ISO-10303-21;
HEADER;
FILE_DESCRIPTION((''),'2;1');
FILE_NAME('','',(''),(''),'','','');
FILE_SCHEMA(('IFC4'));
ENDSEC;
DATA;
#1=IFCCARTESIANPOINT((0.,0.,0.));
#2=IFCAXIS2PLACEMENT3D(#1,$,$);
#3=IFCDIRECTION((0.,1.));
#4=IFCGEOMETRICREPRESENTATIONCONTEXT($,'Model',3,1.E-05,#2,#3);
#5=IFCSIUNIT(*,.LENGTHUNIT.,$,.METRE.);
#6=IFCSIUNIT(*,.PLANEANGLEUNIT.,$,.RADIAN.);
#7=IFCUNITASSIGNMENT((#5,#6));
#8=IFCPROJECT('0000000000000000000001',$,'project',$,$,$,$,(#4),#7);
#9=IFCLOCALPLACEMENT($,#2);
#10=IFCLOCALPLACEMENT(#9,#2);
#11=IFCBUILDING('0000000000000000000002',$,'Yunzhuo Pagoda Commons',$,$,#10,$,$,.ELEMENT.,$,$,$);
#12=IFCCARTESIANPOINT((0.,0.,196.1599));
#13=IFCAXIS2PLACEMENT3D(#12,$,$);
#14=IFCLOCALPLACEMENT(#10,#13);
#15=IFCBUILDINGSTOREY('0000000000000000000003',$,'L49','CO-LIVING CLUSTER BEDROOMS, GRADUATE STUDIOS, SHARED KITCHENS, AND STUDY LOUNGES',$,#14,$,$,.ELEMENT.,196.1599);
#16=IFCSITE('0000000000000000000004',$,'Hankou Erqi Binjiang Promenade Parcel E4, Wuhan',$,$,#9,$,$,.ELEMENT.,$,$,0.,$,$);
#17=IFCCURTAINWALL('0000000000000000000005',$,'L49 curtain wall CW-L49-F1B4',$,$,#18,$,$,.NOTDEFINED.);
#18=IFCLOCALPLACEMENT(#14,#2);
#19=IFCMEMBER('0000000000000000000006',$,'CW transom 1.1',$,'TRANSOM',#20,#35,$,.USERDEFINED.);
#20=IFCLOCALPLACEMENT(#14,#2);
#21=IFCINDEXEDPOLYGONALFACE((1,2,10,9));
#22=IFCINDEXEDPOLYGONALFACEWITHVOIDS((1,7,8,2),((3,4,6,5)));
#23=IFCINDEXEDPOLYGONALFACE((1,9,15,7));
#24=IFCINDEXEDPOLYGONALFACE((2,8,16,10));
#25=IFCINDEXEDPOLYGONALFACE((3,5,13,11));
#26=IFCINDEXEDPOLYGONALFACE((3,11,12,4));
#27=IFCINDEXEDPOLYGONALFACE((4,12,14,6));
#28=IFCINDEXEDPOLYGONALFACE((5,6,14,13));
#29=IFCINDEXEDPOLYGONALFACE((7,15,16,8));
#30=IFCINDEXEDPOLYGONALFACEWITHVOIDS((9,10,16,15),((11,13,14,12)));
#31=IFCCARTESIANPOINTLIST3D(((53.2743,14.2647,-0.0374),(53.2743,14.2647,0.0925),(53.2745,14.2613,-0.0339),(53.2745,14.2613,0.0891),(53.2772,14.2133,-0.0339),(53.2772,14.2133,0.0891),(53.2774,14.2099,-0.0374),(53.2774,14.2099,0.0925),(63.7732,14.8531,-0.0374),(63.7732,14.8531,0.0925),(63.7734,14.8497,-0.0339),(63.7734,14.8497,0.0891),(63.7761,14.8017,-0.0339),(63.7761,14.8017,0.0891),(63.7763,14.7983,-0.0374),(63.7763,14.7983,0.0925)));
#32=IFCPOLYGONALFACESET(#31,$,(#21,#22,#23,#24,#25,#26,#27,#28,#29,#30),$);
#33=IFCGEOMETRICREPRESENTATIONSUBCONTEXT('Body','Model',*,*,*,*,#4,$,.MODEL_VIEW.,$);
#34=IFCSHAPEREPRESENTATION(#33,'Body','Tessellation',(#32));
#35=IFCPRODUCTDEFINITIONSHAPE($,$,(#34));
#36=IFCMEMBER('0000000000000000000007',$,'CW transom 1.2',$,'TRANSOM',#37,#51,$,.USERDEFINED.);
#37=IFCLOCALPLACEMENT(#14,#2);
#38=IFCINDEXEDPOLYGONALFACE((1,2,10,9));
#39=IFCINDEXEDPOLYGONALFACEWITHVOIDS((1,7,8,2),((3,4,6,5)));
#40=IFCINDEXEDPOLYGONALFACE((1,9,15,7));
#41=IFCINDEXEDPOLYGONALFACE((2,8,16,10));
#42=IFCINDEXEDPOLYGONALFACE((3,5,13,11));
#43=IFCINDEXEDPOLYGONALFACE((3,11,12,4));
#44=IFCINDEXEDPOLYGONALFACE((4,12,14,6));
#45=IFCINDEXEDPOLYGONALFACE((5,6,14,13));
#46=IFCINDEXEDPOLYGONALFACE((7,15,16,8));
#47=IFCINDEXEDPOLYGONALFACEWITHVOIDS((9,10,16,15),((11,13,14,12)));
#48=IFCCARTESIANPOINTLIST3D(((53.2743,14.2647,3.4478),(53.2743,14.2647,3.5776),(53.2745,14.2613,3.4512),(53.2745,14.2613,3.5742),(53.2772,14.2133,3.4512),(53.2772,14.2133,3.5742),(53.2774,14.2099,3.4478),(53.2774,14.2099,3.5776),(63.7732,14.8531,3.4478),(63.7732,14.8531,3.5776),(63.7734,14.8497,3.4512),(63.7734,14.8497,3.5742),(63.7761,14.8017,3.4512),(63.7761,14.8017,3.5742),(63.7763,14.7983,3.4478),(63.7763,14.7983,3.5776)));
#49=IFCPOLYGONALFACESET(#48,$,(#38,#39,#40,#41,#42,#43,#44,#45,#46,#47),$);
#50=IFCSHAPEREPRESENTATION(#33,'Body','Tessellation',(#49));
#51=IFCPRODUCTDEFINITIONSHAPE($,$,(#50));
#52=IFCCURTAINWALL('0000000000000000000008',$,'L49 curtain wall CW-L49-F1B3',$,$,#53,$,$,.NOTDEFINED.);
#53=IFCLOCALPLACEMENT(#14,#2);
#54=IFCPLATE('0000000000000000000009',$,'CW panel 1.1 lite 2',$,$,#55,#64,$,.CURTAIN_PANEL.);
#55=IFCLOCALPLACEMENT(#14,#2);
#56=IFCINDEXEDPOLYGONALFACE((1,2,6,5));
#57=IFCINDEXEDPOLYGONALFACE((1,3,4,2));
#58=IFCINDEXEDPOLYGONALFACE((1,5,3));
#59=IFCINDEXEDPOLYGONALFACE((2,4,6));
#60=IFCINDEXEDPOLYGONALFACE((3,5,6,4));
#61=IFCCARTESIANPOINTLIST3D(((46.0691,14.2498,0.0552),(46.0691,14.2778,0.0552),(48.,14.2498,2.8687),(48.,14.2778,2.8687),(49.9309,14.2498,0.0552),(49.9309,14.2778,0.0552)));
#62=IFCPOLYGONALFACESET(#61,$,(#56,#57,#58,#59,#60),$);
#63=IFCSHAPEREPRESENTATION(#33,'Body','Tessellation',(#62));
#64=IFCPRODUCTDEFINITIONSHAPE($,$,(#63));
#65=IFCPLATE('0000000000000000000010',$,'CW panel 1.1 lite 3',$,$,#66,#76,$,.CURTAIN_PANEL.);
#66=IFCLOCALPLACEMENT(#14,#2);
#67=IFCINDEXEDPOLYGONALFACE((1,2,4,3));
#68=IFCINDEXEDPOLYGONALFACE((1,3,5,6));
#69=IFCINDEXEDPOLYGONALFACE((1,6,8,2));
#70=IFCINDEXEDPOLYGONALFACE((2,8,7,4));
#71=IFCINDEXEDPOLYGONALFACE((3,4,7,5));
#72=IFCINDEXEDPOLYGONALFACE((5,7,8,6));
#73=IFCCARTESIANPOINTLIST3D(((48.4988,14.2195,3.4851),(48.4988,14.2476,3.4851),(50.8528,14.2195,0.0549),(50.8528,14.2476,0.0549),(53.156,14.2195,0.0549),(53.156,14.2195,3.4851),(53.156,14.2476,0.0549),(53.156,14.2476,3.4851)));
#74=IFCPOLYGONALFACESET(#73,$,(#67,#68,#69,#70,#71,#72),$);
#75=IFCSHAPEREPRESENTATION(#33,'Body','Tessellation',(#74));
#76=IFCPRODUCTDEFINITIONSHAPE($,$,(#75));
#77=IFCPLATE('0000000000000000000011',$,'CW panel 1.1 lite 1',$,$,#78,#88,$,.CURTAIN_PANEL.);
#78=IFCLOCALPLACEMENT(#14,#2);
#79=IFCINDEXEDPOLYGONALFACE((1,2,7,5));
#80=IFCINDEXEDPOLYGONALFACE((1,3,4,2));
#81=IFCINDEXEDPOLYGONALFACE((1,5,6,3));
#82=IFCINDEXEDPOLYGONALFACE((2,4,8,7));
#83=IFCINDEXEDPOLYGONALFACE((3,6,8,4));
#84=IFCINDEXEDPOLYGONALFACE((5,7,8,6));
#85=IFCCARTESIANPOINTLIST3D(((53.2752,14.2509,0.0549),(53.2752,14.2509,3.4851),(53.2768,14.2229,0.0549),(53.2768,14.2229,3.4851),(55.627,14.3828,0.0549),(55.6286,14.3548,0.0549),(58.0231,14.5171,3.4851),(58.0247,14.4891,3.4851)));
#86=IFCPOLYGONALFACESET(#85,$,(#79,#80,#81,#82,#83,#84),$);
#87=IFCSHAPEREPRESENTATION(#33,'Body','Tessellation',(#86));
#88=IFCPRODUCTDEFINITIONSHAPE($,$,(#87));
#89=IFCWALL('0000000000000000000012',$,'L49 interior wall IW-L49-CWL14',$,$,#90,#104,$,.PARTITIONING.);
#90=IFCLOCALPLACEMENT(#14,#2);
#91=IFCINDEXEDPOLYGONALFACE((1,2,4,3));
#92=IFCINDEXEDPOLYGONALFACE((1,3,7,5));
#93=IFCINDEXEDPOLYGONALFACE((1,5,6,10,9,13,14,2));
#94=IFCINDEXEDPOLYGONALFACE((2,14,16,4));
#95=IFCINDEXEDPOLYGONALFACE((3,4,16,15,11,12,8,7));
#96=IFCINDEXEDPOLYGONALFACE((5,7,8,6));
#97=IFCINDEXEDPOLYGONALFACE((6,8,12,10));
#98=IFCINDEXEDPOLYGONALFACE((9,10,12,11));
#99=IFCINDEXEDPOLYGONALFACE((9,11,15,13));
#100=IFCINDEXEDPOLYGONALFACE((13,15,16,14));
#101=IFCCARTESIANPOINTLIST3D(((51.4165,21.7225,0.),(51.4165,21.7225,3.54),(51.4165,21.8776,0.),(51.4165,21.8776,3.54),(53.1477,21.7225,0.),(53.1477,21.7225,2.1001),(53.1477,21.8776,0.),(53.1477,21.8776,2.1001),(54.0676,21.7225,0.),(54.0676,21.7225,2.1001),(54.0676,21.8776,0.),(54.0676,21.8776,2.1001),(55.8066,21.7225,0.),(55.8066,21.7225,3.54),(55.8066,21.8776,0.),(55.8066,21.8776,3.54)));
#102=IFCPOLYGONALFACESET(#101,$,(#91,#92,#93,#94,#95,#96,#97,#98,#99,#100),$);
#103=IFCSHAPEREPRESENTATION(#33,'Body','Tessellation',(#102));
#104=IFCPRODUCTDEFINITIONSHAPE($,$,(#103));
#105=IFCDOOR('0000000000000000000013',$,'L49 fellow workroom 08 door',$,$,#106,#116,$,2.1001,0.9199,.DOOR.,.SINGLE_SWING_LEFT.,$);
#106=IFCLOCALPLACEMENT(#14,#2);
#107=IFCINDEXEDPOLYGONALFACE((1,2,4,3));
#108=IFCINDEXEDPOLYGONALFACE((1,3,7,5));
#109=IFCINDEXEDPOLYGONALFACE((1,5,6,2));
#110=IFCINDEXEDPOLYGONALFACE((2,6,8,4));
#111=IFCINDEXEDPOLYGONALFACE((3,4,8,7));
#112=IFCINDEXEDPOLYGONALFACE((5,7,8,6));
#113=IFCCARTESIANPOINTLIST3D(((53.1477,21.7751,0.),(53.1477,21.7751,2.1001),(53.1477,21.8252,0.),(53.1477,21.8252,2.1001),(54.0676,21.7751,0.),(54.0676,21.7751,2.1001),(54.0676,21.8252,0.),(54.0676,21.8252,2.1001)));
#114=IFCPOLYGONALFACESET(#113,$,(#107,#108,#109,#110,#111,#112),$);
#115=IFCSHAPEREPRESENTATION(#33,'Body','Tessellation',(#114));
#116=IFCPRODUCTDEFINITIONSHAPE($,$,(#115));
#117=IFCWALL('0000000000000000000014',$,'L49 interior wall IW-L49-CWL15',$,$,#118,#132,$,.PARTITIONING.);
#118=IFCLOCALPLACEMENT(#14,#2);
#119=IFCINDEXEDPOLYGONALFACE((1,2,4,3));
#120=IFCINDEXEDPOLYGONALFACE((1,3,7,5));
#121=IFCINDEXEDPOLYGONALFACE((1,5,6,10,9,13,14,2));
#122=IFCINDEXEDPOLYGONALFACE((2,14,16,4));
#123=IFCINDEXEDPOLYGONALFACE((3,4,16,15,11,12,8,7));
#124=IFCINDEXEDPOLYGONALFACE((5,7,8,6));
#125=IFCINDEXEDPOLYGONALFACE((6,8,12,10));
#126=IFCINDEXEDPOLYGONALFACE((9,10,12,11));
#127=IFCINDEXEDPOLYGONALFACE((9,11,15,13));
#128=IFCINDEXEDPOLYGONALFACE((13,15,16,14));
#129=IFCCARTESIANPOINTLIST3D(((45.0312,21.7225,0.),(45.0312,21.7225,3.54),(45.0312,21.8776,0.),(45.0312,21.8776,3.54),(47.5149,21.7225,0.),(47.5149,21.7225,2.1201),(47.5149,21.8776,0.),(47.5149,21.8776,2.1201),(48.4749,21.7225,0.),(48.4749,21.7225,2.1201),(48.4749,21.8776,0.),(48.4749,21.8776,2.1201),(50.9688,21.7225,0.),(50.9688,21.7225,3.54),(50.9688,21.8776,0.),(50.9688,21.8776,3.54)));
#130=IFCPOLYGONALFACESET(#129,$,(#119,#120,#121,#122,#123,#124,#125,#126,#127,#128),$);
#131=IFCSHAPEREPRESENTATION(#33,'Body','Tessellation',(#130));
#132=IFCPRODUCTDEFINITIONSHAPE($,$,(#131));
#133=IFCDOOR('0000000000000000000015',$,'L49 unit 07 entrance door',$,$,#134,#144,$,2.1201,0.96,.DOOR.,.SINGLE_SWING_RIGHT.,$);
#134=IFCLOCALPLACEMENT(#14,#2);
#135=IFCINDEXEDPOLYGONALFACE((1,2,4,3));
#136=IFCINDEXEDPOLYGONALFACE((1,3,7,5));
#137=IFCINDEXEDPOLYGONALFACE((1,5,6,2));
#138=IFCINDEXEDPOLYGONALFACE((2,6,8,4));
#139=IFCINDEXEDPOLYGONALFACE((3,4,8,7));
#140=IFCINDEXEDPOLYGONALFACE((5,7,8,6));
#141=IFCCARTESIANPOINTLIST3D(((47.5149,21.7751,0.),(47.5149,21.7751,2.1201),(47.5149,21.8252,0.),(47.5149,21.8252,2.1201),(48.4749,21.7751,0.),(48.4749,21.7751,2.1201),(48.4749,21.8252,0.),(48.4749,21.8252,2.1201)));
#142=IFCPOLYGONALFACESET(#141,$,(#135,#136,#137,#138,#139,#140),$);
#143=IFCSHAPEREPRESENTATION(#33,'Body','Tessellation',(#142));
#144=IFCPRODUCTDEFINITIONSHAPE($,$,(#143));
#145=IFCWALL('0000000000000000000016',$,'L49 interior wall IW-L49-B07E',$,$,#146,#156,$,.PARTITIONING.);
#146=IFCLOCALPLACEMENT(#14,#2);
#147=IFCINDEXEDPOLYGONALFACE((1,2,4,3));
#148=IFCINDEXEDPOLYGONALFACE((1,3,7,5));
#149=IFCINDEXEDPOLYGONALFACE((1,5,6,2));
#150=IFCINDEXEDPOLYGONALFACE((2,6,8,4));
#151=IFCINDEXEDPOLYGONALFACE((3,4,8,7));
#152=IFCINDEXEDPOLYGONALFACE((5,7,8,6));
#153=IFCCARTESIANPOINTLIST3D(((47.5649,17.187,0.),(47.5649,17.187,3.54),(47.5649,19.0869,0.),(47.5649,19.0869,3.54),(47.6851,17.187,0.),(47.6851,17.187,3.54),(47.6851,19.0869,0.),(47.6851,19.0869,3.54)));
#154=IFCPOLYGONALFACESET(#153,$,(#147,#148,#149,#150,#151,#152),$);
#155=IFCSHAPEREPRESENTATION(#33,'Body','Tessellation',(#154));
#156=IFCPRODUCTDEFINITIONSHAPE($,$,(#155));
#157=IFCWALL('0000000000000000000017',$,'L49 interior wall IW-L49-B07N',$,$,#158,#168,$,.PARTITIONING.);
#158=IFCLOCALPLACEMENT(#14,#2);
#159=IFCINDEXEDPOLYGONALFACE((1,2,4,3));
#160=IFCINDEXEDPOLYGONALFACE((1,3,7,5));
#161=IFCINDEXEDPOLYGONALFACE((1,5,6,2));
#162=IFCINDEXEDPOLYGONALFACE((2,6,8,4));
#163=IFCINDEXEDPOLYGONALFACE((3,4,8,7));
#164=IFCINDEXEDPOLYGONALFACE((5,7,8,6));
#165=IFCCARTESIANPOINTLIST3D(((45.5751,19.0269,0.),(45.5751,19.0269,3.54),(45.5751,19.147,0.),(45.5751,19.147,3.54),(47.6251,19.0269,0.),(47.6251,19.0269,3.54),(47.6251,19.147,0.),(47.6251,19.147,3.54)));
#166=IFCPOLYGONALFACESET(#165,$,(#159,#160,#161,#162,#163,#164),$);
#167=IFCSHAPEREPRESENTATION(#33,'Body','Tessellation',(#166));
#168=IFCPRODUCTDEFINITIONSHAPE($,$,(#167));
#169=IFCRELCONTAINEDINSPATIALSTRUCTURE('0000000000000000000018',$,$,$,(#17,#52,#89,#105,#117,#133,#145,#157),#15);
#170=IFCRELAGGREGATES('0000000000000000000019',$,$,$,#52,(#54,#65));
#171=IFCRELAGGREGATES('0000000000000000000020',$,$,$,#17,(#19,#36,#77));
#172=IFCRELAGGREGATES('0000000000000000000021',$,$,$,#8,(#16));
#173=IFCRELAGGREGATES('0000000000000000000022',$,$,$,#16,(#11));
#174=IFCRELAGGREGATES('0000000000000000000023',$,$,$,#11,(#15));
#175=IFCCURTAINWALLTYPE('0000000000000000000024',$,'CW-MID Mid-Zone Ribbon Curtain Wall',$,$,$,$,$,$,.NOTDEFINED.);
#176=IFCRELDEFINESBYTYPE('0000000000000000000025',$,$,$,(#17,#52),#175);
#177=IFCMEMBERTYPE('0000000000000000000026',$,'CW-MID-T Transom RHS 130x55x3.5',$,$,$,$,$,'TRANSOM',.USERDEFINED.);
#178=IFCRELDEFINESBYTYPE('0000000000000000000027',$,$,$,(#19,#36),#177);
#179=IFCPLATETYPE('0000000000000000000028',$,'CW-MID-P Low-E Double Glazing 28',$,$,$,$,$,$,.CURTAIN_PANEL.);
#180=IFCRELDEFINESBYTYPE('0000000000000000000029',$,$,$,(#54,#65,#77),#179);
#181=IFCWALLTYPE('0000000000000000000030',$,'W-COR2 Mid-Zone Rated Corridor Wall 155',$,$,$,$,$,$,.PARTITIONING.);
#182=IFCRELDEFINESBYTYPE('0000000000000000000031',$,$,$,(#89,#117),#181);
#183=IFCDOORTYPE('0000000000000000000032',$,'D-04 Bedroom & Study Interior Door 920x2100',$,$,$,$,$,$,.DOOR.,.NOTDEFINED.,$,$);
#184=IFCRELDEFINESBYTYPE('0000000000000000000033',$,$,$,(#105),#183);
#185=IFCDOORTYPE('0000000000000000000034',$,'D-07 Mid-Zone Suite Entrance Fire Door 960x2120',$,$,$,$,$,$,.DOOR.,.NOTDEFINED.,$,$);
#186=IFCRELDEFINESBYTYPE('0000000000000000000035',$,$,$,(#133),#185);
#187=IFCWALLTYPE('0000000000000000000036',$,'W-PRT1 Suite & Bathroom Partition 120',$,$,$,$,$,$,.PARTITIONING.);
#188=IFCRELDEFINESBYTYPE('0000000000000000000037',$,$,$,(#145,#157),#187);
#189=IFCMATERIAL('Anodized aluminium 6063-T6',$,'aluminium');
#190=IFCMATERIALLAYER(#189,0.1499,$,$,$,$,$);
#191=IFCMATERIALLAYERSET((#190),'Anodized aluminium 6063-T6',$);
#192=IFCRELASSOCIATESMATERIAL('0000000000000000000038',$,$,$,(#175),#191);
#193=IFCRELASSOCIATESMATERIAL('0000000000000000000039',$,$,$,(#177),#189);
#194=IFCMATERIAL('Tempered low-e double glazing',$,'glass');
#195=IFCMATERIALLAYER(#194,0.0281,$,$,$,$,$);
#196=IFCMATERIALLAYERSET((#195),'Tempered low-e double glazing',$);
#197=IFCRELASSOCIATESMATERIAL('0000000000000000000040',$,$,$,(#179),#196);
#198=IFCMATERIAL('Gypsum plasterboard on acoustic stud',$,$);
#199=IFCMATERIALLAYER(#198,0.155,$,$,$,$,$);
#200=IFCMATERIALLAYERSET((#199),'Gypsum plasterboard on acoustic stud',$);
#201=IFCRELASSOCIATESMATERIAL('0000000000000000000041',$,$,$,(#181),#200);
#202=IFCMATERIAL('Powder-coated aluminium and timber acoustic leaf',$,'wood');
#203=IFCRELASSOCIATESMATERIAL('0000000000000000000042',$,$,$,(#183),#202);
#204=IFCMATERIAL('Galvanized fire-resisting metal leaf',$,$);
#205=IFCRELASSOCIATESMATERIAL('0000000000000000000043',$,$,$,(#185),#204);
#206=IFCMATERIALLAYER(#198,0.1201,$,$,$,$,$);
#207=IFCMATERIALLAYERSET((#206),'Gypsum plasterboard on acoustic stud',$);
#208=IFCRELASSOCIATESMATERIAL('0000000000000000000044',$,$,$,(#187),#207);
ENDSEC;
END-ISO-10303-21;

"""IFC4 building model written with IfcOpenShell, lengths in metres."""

from ifc_helpers import new_model, si_unit, direction, frame, frame_2d, origin, origin_with_axes, origin_2d, place, context, subcontext, project, spatial, polyline, rectangle, hollow_rectangle, outline, extrude, source, transform, mapped, material, layer, layer_set, material_profile, profile_set, type_object, element, fill, aggregate, save


model = new_model("IFC4")

# Units and contexts
model_context = context("Model", 3, precision=1e-05, world=origin(), true_north=direction((0.0, 1.0)))
body_context = subcontext(model_context, "Body", "Model", "MODEL_VIEW")
ifc_project = project(units=[si_unit("LENGTHUNIT", "METRE"), si_unit("PLANEANGLEUNIT", "RADIAN")], contexts=[model_context])

# Site, building, storey
site_placement = place(None, origin())
site = spatial("IfcSite", under=ifc_project, at=site_placement, Name="Hankou Erqi Binjiang Promenade Parcel E4, Wuhan", CompositionType="ELEMENT", RefElevation=0.0)
building_placement = place(site_placement, origin())
building = spatial("IfcBuilding", under=site, at=building_placement, Name="Yunzhuo Pagoda Commons", CompositionType="ELEMENT")
storey_placement = place(building_placement, frame((0.0, 0.0, 196.1599)))
storey = spatial("IfcBuildingStorey", under=building, at=storey_placement, Name="L49", Description="CO-LIVING CLUSTER BEDROOMS, GRADUATE STUDIOS, SHARED KITCHENS, AND STUDY LOUNGES", CompositionType="ELEMENT", Elevation=196.1599)

# Curtain wall, members
ifc_material_1 = material(Name="Anodized aluminium 6063-T6", Category="aluminium")
ifc_layer_1 = layer(ifc_material_1, 0.1499)
ifc_layer_set_1 = layer_set([ifc_layer_1], Name="Anodized aluminium 6063-T6")
curtain_wall_type = type_object("IfcCurtainWallType", Name="CW-MID Mid-Zone Ribbon Curtain Wall", PredefinedType="NOTDEFINED", material=ifc_layer_set_1)
curtain_wall_1_placement = place(storey_placement, origin())
curtain_wall_1 = element("IfcCurtainWall", 1, at=curtain_wall_1_placement, inside=storey, type_object=curtain_wall_type, Name="L49 curtain wall CW-L49-F1B4", PredefinedType="NOTDEFINED")
ifc_material_profile_1 = material_profile(ifc_material_1, hollow_rectangle(XDim=0.0549, YDim=0.1299, WallThickness=0.0034, at=origin_2d()), Name="Anodized aluminium 6063-T6")
ifc_profile_set_1 = profile_set([ifc_material_profile_1], Name="Anodized aluminium 6063-T6")
member_type_1 = type_object("IfcMemberType", Name="CW-MID-T Transom RHS 130x55x3.5", ElementType="TRANSOM", PredefinedType="USERDEFINED", material=ifc_profile_set_1)
shared_shape_1 = source(origin(), body_context, "Body", "SweptSolid", [
    extrude(hollow_rectangle(XDim=0.0549, YDim=0.1299, WallThickness=0.0034, at=origin_2d()), origin(), (0.0, 0.0, 1.0), 10.5154),
])
member_1_placement = place(storey_placement, frame((53.2759, 14.2373, 0.0276), z_axis=(0.998433, 0.055954, 0.0), x_axis=(-0.055954, 0.998433, 0.0)))
member_1 = element("IfcMember", 2, at=member_1_placement, type_object=member_type_1, Name="CW transom 1.1", ObjectType="TRANSOM", PredefinedType="USERDEFINED", context=body_context, shape_type="MappedRepresentation", body=[
    mapped(shared_shape_1, transform((0.0, 0.0, 0.0), scale=1.0)),
])
member_2_placement = place(storey_placement, frame((53.2759, 14.2373, 3.5127), z_axis=(0.998433, 0.055954, 0.0), x_axis=(-0.055954, 0.998433, 0.0)))
member_2 = element("IfcMember", 3, at=member_2_placement, type_object=member_type_1, Name="CW transom 1.2", ObjectType="TRANSOM", PredefinedType="USERDEFINED", context=body_context, shape_type="MappedRepresentation", body=[
    mapped(shared_shape_1, transform((0.0, 0.0, 0.0), scale=1.0)),
])

# Curtain wall, plates
curtain_wall_2_placement = place(storey_placement, origin())
curtain_wall_2 = element("IfcCurtainWall", 4, at=curtain_wall_2_placement, inside=storey, type_object=curtain_wall_type, Name="L49 curtain wall CW-L49-F1B3", PredefinedType="NOTDEFINED")
ifc_material_2 = material(Name="Tempered low-e double glazing", Category="glass")
ifc_layer_2 = layer(ifc_material_2, 0.0281)
ifc_layer_set_2 = layer_set([ifc_layer_2], Name="Tempered low-e double glazing")
plate_type = type_object("IfcPlateType", Name="CW-MID-P Low-E Double Glazing 28", PredefinedType="CURTAIN_PANEL", material=ifc_layer_set_2)
plate_1_placement = place(storey_placement, frame((48.0, 14.2778, 1.4619), z_axis=(0.0, -1.0, 0.0), x_axis=(1.0, 0.0, 0.0)))
plate_1 = element("IfcPlate", 5, at=plate_1_placement, type_object=plate_type, Name="CW panel 1.1 lite 2", PredefinedType="CURTAIN_PANEL", context=body_context, shape_type="SweptSolid", body=[
    extrude(outline(polyline([(-1.9309, -1.4067), (1.9309, -1.4067), (0.0, 1.4067), (-1.9309, -1.4067)])), origin(), (0.0, 0.0, 1.0), 0.0281),
])
plate_2_placement = place(storey_placement, frame((50.8274, 14.2476, 1.77), z_axis=(0.0, -1.0, 0.0), x_axis=(1.0, 0.0, 0.0)))
plate_2 = element("IfcPlate", 6, at=plate_2_placement, type_object=plate_type, Name="CW panel 1.1 lite 3", PredefinedType="CURTAIN_PANEL", context=body_context, shape_type="SweptSolid", body=[
    extrude(outline(polyline([(-2.3286, 1.7151), (0.0254, -1.7151), (2.3286, -1.7151), (2.3286, 1.7151), (-2.3286, 1.7151)])), origin(), (0.0, 0.0, 1.0), 0.0281),
])
aggregate(curtain_wall_2, [plate_1, plate_2])

# Plate
plate_3_placement = place(storey_placement, frame((55.6492, 14.384, 1.77), z_axis=(0.055983, -0.998432, 0.0), x_axis=(0.998432, 0.055983, 0.0)))
plate_3 = element("IfcPlate", 7, at=plate_3_placement, type_object=plate_type, Name="CW panel 1.1 lite 1", PredefinedType="CURTAIN_PANEL", context=body_context, shape_type="SweptSolid", body=[
    extrude(outline(polyline([(-2.3777, -1.7151), (-0.0222, -1.7151), (2.3777, 1.7151), (-2.3777, 1.7151), (-2.3777, -1.7151)])), origin(), (0.0, 0.0, 1.0), 0.0281),
])
aggregate(curtain_wall_1, [member_1, member_2, plate_3])

# Walls, openings, doors
ifc_material_3 = material(Name="Gypsum plasterboard on acoustic stud")
ifc_layer_3 = layer(ifc_material_3, 0.155)
ifc_layer_set_3 = layer_set([ifc_layer_3], Name="Gypsum plasterboard on acoustic stud")
wall_type_1 = type_object("IfcWallType", Name="W-COR2 Mid-Zone Rated Corridor Wall 155", PredefinedType="PARTITIONING", material=ifc_layer_set_3)
wall_1_placement = place(storey_placement, frame((55.8066, 21.8, 0.0), z_axis=(0.0, 0.0, 1.0), x_axis=(-1.0, 0.0, 0.0)))
wall_1 = element("IfcWall", 8, at=wall_1_placement, inside=storey, type_object=wall_type_1, Name="L49 interior wall IW-L49-CWL14", PredefinedType="PARTITIONING", context=body_context, shape_type="SweptSolid", body=[
    extrude(rectangle(XDim=4.3901, YDim=0.155, at=frame_2d((2.1951, 0.0))), origin(), (0.0, 0.0, 1.0), 3.54),
])
opening_1_placement = place(wall_1_placement, frame((1.739, 0.0, 0.0)))
opening_1 = element("IfcOpeningElement", 9, at=opening_1_placement, cuts=wall_1, PredefinedType="OPENING", context=body_context, shape_type="SweptSolid", body=[
    extrude(rectangle(XDim=0.9199, YDim=2.1001, at=frame_2d((0.46, 1.05))), frame((0.0, 0.0874, 0.0), z_axis=(0.0, -1.0, 0.0), x_axis=(1.0, 0.0, 0.0)), (0.0, 0.0, 1.0), 0.175),
])
ifc_material_4 = material(Name="Powder-coated aluminium and timber acoustic leaf", Category="wood")
door_type_1 = type_object("IfcDoorType", Name="D-04 Bedroom & Study Interior Door 920x2100", OperationType="NOTDEFINED", PredefinedType="DOOR", material=ifc_material_4)
shared_shape_2 = source(origin(), body_context, "Body", "SweptSolid", [
    extrude(rectangle(XDim=0.9199, YDim=2.1001, at=frame_2d((0.46, 1.05))), frame((0.0, 0.0249, 0.0), z_axis=(0.0, -1.0, 0.0), x_axis=(1.0, 0.0, 0.0)), (0.0, 0.0, 1.0), 0.05),
])
door_1_placement = place(opening_1_placement, origin_with_axes())
door_1 = element("IfcDoor", 10, at=door_1_placement, inside=storey, type_object=door_type_1, Name="L49 fellow workroom 08 door", OperationType="SINGLE_SWING_LEFT", OverallHeight=2.1001, OverallWidth=0.9199, PredefinedType="DOOR", context=body_context, shape_type="MappedRepresentation", body=[
    mapped(shared_shape_2, transform((0.0, 0.0, 0.0), scale=1.0)),
])
fill(opening_1, door_1)
wall_2_placement = place(storey_placement, frame((50.9688, 21.8, 0.0), z_axis=(0.0, 0.0, 1.0), x_axis=(-1.0, 0.0, 0.0)))
wall_2 = element("IfcWall", 11, at=wall_2_placement, inside=storey, type_object=wall_type_1, Name="L49 interior wall IW-L49-CWL15", PredefinedType="PARTITIONING", context=body_context, shape_type="SweptSolid", body=[
    extrude(rectangle(XDim=5.9375, YDim=0.155, at=frame_2d((2.9688, 0.0))), origin(), (0.0, 0.0, 1.0), 3.54),
])
opening_2_placement = place(wall_2_placement, frame((2.4939, 0.0, 0.0)))
opening_2 = element("IfcOpeningElement", 12, at=opening_2_placement, cuts=wall_2, PredefinedType="OPENING", context=body_context, shape_type="SweptSolid", body=[
    extrude(rectangle(XDim=0.96, YDim=2.1201, at=frame_2d((0.48, 1.0601))), frame((0.0, 0.0874, 0.0), z_axis=(0.0, -1.0, 0.0), x_axis=(1.0, 0.0, 0.0)), (0.0, 0.0, 1.0), 0.175),
])
ifc_material_5 = material(Name="Galvanized fire-resisting metal leaf")
door_type_2 = type_object("IfcDoorType", Name="D-07 Mid-Zone Suite Entrance Fire Door 960x2120", OperationType="NOTDEFINED", PredefinedType="DOOR", material=ifc_material_5)
shared_shape_3 = source(origin(), body_context, "Body", "SweptSolid", [
    extrude(rectangle(XDim=0.96, YDim=2.1201, at=frame_2d((0.48, 1.0601))), frame((0.0, 0.0249, 0.0), z_axis=(0.0, -1.0, 0.0), x_axis=(1.0, 0.0, 0.0)), (0.0, 0.0, 1.0), 0.05),
])
door_2_placement = place(opening_2_placement, origin_with_axes())
door_2 = element("IfcDoor", 13, at=door_2_placement, inside=storey, type_object=door_type_2, Name="L49 unit 07 entrance door", OperationType="SINGLE_SWING_RIGHT", OverallHeight=2.1201, OverallWidth=0.96, PredefinedType="DOOR", context=body_context, shape_type="MappedRepresentation", body=[
    mapped(shared_shape_3, transform((0.0, 0.0, 0.0), scale=1.0)),
])
fill(opening_2, door_2)

# Walls
ifc_layer_4 = layer(ifc_material_3, 0.1201)
ifc_layer_set_4 = layer_set([ifc_layer_4], Name="Gypsum plasterboard on acoustic stud")
wall_type_2 = type_object("IfcWallType", Name="W-PRT1 Suite & Bathroom Partition 120", PredefinedType="PARTITIONING", material=ifc_layer_set_4)
wall_3_placement = place(storey_placement, frame((47.625, 17.187, 0.0), z_axis=(0.0, 0.0, 1.0), x_axis=(0.0, 1.0, 0.0)))
element("IfcWall", 14, at=wall_3_placement, inside=storey, type_object=wall_type_2, Name="L49 interior wall IW-L49-B07E", PredefinedType="PARTITIONING", context=body_context, shape_type="SweptSolid", body=[
    extrude(rectangle(XDim=1.8999, YDim=0.1201, at=frame_2d((0.95, 0.0))), origin(), (0.0, 0.0, 1.0), 3.54),
])
wall_4_placement = place(storey_placement, frame((47.625, 19.0869, 0.0), z_axis=(0.0, 0.0, 1.0), x_axis=(-1.0, 0.0, 0.0)))
element("IfcWall", 15, at=wall_4_placement, inside=storey, type_object=wall_type_2, Name="L49 interior wall IW-L49-B07N", PredefinedType="PARTITIONING", context=body_context, shape_type="SweptSolid", body=[
    extrude(rectangle(XDim=2.05, YDim=0.1201, at=frame_2d((1.0249, 0.0))), origin(), (0.0, 0.0, 1.0), 3.54),
])

save(model, "model.ifc")
